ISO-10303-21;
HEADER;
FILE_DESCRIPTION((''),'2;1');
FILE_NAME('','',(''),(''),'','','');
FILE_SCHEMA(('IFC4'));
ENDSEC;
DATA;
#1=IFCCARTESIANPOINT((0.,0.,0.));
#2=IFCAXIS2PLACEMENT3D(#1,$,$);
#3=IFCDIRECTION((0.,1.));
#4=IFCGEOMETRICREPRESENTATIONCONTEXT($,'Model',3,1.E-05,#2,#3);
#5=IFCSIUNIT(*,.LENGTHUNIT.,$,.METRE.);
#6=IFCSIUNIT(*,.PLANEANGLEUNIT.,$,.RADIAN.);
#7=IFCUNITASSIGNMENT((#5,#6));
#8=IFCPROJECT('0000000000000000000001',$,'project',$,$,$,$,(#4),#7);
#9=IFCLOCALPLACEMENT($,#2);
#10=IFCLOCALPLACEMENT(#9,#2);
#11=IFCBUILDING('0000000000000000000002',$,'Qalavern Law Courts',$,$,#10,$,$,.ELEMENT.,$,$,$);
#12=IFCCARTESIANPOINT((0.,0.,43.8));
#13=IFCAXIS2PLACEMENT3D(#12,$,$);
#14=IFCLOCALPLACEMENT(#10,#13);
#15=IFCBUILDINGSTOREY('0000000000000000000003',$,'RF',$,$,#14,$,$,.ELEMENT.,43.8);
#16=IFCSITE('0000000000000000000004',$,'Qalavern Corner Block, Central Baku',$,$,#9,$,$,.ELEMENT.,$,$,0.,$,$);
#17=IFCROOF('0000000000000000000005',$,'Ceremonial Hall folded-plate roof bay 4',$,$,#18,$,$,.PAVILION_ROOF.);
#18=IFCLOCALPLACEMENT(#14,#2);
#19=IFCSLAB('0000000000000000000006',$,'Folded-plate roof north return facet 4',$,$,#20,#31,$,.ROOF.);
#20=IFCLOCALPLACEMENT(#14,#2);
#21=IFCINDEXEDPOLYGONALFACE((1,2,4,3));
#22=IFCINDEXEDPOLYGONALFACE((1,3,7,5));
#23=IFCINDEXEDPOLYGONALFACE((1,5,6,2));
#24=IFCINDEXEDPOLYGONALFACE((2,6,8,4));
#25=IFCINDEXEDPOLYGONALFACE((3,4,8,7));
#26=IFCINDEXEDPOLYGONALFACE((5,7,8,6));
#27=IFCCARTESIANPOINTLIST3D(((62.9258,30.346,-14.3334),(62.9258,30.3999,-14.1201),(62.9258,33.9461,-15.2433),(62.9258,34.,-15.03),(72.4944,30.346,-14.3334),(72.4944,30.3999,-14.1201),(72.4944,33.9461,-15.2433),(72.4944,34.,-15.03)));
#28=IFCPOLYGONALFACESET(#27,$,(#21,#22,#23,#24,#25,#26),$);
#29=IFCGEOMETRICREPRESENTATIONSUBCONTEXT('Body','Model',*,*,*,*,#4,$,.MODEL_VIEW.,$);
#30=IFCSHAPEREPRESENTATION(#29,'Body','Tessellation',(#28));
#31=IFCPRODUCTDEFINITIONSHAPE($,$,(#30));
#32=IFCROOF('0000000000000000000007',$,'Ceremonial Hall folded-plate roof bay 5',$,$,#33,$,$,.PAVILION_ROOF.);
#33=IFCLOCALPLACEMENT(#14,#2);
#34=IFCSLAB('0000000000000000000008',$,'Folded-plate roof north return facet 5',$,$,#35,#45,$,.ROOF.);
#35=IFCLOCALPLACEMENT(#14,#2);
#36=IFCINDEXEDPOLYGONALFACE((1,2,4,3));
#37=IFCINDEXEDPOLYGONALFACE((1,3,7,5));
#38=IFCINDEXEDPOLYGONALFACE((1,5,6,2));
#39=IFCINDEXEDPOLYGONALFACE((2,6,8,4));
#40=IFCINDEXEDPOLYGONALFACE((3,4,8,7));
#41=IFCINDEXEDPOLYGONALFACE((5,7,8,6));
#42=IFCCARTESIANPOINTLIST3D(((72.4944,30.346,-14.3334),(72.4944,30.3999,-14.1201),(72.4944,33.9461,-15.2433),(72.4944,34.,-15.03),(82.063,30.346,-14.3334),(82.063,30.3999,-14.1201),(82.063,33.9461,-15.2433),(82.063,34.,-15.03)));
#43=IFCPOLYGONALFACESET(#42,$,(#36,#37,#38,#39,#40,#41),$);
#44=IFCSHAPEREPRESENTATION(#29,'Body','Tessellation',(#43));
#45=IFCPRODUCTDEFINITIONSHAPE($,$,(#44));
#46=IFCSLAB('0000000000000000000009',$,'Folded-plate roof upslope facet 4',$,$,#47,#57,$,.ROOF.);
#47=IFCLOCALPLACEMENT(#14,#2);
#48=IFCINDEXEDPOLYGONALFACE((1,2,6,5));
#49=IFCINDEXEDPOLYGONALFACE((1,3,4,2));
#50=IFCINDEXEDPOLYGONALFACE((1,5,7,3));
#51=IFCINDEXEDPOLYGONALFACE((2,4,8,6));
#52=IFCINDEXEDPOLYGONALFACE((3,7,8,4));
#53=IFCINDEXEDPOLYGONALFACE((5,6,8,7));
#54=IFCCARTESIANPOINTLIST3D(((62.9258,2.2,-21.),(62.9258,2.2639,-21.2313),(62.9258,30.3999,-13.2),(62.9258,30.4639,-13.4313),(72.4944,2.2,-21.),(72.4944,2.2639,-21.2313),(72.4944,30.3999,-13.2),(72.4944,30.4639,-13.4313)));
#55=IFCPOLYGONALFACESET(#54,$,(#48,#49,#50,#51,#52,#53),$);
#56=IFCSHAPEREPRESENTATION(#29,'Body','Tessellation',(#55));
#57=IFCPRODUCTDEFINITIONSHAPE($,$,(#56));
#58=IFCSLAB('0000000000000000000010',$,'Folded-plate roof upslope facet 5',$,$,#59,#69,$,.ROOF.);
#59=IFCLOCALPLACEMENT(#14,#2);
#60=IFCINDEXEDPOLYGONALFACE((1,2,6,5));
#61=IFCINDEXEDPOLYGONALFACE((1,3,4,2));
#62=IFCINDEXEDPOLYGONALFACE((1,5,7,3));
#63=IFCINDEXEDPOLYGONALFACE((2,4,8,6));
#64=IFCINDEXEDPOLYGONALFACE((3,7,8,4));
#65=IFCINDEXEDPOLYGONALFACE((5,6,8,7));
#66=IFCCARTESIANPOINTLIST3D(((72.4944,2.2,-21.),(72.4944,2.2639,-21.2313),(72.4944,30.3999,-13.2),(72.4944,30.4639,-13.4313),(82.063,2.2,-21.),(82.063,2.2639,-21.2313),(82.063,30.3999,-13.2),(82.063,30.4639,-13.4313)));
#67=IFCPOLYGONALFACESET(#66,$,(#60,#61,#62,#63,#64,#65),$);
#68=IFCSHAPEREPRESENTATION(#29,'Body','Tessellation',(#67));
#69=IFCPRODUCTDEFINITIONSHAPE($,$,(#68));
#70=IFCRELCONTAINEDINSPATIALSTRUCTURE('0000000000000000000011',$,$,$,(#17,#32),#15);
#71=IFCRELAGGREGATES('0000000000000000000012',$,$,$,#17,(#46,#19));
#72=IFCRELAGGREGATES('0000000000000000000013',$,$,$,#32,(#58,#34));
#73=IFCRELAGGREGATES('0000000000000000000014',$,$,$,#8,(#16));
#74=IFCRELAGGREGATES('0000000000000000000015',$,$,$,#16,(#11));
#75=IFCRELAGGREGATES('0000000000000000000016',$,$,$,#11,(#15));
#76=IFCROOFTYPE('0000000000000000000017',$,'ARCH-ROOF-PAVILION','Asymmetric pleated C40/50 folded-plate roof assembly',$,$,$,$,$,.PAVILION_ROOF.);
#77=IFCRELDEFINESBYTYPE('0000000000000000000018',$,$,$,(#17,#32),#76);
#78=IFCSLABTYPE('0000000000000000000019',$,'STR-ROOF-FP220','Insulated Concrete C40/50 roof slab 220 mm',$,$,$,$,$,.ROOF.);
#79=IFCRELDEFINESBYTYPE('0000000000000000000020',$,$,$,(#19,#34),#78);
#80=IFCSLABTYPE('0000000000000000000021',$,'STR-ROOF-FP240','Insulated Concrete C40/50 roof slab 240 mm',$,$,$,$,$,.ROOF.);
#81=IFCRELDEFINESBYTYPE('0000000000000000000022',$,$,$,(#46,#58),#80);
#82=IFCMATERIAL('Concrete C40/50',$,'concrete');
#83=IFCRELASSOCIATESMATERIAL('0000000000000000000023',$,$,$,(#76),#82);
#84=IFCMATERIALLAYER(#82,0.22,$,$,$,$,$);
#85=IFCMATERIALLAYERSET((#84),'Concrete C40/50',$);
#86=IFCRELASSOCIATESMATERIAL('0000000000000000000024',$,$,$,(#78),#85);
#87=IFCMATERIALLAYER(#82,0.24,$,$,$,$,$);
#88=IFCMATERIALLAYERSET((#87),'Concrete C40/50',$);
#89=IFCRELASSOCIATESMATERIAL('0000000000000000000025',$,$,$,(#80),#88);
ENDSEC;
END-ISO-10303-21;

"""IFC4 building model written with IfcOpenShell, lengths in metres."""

from ifc_helpers import new_model, si_unit, direction, frame, origin, place, context, subcontext, project, spatial, polyline, outline, extrude, material, layer, layer_set, type_object, element, aggregate, save


model = new_model("IFC4")

# Units and contexts
model_context = context("Model", 3, precision=1e-05, world=origin(), true_north=direction((0.0, 1.0)))
body_context = subcontext(model_context, "Body", "Model", "MODEL_VIEW")
ifc_project = project(units=[si_unit("LENGTHUNIT", "METRE"), si_unit("PLANEANGLEUNIT", "RADIAN")], contexts=[model_context])

# Site, building, storey
site_placement = place(None, origin())
site = spatial("IfcSite", under=ifc_project, at=site_placement, Name="Qalavern Corner Block, Central Baku", CompositionType="ELEMENT", RefElevation=0.0)
building_placement = place(site_placement, origin())
building = spatial("IfcBuilding", under=site, at=building_placement, Name="Qalavern Law Courts", CompositionType="ELEMENT")
storey_placement = place(building_placement, frame((0.0, 0.0, 43.8)))
storey = spatial("IfcBuildingStorey", under=building, at=storey_placement, Name="RF", CompositionType="ELEMENT", Elevation=43.8)

# Roofs, slabs
ifc_material_1 = material(Name="Concrete C40/50", Category="concrete")
roof_type = type_object("IfcRoofType", Name="ARCH-ROOF-PAVILION", Description="Asymmetric pleated C40/50 folded-plate roof assembly", PredefinedType="PAVILION_ROOF", material=ifc_material_1)
roof_1_placement = place(storey_placement, origin())
roof_1 = element("IfcRoof", 1, at=roof_1_placement, inside=storey, type_object=roof_type, Name="Ceremonial Hall folded-plate roof bay 4", PredefinedType="PAVILION_ROOF")
ifc_layer_1 = layer(ifc_material_1, 0.22)
ifc_layer_set_1 = layer_set([ifc_layer_1], Name="Concrete C40/50")
slab_type_1 = type_object("IfcSlabType", Name="STR-ROOF-FP220", Description="Insulated Concrete C40/50 roof slab 220 mm", PredefinedType="ROOF", material=ifc_layer_set_1)
slab_1_placement = place(storey_placement, frame((62.9258, 30.3999, -14.1201), z_axis=(0.0, 0.245041, 0.969513), x_axis=(1.0, 0.0, 0.0)))
slab_1 = element("IfcSlab", 2, at=slab_1_placement, type_object=slab_type_1, Name="Folded-plate roof north return facet 4", PredefinedType="ROOF", context=body_context, shape_type="SweptSolid", body=[
    extrude(outline(polyline([(0.0, 0.0), (9.5686, 0.0), (9.5686, 3.7133), (0.0, 3.7133), (0.0, 0.0)])), origin(), (0.0, 0.0, -1.0), 0.22),
])
roof_2_placement = place(storey_placement, origin())
roof_2 = element("IfcRoof", 3, at=roof_2_placement, inside=storey, type_object=roof_type, Name="Ceremonial Hall folded-plate roof bay 5", PredefinedType="PAVILION_ROOF")
slab_2_placement = place(storey_placement, frame((72.4944, 30.3999, -14.1201), z_axis=(0.0, 0.245041, 0.969513), x_axis=(1.0, 0.0, 0.0)))
slab_2 = element("IfcSlab", 4, at=slab_2_placement, type_object=slab_type_1, Name="Folded-plate roof north return facet 5", PredefinedType="ROOF", context=body_context, shape_type="SweptSolid", body=[
    extrude(outline(polyline([(0.0, 0.0), (9.5686, 0.0), (9.5686, 3.7133), (0.0, 3.7133), (0.0, 0.0)])), origin(), (0.0, 0.0, -1.0), 0.22),
])

# Slabs
ifc_layer_2 = layer(ifc_material_1, 0.24)
ifc_layer_set_2 = layer_set([ifc_layer_2], Name="Concrete C40/50")
slab_type_2 = type_object("IfcSlabType", Name="STR-ROOF-FP240", Description="Insulated Concrete C40/50 roof slab 240 mm", PredefinedType="ROOF", material=ifc_layer_set_2)
slab_3_placement = place(storey_placement, frame((62.9258, 2.2, -21.0), z_axis=(0.0, -0.266588, 0.963811), x_axis=(1.0, 0.0, 0.0)))
slab_3 = element("IfcSlab", 5, at=slab_3_placement, type_object=slab_type_2, Name="Folded-plate roof upslope facet 4", PredefinedType="ROOF", context=body_context, shape_type="SweptSolid", body=[
    extrude(outline(polyline([(0.0, 0.0), (9.5686, 0.0), (9.5686, 29.2588), (0.0, 29.2588), (0.0, 0.0)])), origin(), (0.0, 0.0, -1.0), 0.24),
])
aggregate(roof_1, [slab_3, slab_1])
slab_4_placement = place(storey_placement, frame((72.4944, 2.2, -21.0), z_axis=(0.0, -0.266588, 0.963811), x_axis=(1.0, 0.0, 0.0)))
slab_4 = element("IfcSlab", 6, at=slab_4_placement, type_object=slab_type_2, Name="Folded-plate roof upslope facet 5", PredefinedType="ROOF", context=body_context, shape_type="SweptSolid", body=[
    extrude(outline(polyline([(0.0, 0.0), (9.5686, 0.0), (9.5686, 29.2588), (0.0, 29.2588), (0.0, 0.0)])), origin(), (0.0, 0.0, -1.0), 0.24),
])
aggregate(roof_2, [slab_4, slab_2])

save(model, "model.ifc")
